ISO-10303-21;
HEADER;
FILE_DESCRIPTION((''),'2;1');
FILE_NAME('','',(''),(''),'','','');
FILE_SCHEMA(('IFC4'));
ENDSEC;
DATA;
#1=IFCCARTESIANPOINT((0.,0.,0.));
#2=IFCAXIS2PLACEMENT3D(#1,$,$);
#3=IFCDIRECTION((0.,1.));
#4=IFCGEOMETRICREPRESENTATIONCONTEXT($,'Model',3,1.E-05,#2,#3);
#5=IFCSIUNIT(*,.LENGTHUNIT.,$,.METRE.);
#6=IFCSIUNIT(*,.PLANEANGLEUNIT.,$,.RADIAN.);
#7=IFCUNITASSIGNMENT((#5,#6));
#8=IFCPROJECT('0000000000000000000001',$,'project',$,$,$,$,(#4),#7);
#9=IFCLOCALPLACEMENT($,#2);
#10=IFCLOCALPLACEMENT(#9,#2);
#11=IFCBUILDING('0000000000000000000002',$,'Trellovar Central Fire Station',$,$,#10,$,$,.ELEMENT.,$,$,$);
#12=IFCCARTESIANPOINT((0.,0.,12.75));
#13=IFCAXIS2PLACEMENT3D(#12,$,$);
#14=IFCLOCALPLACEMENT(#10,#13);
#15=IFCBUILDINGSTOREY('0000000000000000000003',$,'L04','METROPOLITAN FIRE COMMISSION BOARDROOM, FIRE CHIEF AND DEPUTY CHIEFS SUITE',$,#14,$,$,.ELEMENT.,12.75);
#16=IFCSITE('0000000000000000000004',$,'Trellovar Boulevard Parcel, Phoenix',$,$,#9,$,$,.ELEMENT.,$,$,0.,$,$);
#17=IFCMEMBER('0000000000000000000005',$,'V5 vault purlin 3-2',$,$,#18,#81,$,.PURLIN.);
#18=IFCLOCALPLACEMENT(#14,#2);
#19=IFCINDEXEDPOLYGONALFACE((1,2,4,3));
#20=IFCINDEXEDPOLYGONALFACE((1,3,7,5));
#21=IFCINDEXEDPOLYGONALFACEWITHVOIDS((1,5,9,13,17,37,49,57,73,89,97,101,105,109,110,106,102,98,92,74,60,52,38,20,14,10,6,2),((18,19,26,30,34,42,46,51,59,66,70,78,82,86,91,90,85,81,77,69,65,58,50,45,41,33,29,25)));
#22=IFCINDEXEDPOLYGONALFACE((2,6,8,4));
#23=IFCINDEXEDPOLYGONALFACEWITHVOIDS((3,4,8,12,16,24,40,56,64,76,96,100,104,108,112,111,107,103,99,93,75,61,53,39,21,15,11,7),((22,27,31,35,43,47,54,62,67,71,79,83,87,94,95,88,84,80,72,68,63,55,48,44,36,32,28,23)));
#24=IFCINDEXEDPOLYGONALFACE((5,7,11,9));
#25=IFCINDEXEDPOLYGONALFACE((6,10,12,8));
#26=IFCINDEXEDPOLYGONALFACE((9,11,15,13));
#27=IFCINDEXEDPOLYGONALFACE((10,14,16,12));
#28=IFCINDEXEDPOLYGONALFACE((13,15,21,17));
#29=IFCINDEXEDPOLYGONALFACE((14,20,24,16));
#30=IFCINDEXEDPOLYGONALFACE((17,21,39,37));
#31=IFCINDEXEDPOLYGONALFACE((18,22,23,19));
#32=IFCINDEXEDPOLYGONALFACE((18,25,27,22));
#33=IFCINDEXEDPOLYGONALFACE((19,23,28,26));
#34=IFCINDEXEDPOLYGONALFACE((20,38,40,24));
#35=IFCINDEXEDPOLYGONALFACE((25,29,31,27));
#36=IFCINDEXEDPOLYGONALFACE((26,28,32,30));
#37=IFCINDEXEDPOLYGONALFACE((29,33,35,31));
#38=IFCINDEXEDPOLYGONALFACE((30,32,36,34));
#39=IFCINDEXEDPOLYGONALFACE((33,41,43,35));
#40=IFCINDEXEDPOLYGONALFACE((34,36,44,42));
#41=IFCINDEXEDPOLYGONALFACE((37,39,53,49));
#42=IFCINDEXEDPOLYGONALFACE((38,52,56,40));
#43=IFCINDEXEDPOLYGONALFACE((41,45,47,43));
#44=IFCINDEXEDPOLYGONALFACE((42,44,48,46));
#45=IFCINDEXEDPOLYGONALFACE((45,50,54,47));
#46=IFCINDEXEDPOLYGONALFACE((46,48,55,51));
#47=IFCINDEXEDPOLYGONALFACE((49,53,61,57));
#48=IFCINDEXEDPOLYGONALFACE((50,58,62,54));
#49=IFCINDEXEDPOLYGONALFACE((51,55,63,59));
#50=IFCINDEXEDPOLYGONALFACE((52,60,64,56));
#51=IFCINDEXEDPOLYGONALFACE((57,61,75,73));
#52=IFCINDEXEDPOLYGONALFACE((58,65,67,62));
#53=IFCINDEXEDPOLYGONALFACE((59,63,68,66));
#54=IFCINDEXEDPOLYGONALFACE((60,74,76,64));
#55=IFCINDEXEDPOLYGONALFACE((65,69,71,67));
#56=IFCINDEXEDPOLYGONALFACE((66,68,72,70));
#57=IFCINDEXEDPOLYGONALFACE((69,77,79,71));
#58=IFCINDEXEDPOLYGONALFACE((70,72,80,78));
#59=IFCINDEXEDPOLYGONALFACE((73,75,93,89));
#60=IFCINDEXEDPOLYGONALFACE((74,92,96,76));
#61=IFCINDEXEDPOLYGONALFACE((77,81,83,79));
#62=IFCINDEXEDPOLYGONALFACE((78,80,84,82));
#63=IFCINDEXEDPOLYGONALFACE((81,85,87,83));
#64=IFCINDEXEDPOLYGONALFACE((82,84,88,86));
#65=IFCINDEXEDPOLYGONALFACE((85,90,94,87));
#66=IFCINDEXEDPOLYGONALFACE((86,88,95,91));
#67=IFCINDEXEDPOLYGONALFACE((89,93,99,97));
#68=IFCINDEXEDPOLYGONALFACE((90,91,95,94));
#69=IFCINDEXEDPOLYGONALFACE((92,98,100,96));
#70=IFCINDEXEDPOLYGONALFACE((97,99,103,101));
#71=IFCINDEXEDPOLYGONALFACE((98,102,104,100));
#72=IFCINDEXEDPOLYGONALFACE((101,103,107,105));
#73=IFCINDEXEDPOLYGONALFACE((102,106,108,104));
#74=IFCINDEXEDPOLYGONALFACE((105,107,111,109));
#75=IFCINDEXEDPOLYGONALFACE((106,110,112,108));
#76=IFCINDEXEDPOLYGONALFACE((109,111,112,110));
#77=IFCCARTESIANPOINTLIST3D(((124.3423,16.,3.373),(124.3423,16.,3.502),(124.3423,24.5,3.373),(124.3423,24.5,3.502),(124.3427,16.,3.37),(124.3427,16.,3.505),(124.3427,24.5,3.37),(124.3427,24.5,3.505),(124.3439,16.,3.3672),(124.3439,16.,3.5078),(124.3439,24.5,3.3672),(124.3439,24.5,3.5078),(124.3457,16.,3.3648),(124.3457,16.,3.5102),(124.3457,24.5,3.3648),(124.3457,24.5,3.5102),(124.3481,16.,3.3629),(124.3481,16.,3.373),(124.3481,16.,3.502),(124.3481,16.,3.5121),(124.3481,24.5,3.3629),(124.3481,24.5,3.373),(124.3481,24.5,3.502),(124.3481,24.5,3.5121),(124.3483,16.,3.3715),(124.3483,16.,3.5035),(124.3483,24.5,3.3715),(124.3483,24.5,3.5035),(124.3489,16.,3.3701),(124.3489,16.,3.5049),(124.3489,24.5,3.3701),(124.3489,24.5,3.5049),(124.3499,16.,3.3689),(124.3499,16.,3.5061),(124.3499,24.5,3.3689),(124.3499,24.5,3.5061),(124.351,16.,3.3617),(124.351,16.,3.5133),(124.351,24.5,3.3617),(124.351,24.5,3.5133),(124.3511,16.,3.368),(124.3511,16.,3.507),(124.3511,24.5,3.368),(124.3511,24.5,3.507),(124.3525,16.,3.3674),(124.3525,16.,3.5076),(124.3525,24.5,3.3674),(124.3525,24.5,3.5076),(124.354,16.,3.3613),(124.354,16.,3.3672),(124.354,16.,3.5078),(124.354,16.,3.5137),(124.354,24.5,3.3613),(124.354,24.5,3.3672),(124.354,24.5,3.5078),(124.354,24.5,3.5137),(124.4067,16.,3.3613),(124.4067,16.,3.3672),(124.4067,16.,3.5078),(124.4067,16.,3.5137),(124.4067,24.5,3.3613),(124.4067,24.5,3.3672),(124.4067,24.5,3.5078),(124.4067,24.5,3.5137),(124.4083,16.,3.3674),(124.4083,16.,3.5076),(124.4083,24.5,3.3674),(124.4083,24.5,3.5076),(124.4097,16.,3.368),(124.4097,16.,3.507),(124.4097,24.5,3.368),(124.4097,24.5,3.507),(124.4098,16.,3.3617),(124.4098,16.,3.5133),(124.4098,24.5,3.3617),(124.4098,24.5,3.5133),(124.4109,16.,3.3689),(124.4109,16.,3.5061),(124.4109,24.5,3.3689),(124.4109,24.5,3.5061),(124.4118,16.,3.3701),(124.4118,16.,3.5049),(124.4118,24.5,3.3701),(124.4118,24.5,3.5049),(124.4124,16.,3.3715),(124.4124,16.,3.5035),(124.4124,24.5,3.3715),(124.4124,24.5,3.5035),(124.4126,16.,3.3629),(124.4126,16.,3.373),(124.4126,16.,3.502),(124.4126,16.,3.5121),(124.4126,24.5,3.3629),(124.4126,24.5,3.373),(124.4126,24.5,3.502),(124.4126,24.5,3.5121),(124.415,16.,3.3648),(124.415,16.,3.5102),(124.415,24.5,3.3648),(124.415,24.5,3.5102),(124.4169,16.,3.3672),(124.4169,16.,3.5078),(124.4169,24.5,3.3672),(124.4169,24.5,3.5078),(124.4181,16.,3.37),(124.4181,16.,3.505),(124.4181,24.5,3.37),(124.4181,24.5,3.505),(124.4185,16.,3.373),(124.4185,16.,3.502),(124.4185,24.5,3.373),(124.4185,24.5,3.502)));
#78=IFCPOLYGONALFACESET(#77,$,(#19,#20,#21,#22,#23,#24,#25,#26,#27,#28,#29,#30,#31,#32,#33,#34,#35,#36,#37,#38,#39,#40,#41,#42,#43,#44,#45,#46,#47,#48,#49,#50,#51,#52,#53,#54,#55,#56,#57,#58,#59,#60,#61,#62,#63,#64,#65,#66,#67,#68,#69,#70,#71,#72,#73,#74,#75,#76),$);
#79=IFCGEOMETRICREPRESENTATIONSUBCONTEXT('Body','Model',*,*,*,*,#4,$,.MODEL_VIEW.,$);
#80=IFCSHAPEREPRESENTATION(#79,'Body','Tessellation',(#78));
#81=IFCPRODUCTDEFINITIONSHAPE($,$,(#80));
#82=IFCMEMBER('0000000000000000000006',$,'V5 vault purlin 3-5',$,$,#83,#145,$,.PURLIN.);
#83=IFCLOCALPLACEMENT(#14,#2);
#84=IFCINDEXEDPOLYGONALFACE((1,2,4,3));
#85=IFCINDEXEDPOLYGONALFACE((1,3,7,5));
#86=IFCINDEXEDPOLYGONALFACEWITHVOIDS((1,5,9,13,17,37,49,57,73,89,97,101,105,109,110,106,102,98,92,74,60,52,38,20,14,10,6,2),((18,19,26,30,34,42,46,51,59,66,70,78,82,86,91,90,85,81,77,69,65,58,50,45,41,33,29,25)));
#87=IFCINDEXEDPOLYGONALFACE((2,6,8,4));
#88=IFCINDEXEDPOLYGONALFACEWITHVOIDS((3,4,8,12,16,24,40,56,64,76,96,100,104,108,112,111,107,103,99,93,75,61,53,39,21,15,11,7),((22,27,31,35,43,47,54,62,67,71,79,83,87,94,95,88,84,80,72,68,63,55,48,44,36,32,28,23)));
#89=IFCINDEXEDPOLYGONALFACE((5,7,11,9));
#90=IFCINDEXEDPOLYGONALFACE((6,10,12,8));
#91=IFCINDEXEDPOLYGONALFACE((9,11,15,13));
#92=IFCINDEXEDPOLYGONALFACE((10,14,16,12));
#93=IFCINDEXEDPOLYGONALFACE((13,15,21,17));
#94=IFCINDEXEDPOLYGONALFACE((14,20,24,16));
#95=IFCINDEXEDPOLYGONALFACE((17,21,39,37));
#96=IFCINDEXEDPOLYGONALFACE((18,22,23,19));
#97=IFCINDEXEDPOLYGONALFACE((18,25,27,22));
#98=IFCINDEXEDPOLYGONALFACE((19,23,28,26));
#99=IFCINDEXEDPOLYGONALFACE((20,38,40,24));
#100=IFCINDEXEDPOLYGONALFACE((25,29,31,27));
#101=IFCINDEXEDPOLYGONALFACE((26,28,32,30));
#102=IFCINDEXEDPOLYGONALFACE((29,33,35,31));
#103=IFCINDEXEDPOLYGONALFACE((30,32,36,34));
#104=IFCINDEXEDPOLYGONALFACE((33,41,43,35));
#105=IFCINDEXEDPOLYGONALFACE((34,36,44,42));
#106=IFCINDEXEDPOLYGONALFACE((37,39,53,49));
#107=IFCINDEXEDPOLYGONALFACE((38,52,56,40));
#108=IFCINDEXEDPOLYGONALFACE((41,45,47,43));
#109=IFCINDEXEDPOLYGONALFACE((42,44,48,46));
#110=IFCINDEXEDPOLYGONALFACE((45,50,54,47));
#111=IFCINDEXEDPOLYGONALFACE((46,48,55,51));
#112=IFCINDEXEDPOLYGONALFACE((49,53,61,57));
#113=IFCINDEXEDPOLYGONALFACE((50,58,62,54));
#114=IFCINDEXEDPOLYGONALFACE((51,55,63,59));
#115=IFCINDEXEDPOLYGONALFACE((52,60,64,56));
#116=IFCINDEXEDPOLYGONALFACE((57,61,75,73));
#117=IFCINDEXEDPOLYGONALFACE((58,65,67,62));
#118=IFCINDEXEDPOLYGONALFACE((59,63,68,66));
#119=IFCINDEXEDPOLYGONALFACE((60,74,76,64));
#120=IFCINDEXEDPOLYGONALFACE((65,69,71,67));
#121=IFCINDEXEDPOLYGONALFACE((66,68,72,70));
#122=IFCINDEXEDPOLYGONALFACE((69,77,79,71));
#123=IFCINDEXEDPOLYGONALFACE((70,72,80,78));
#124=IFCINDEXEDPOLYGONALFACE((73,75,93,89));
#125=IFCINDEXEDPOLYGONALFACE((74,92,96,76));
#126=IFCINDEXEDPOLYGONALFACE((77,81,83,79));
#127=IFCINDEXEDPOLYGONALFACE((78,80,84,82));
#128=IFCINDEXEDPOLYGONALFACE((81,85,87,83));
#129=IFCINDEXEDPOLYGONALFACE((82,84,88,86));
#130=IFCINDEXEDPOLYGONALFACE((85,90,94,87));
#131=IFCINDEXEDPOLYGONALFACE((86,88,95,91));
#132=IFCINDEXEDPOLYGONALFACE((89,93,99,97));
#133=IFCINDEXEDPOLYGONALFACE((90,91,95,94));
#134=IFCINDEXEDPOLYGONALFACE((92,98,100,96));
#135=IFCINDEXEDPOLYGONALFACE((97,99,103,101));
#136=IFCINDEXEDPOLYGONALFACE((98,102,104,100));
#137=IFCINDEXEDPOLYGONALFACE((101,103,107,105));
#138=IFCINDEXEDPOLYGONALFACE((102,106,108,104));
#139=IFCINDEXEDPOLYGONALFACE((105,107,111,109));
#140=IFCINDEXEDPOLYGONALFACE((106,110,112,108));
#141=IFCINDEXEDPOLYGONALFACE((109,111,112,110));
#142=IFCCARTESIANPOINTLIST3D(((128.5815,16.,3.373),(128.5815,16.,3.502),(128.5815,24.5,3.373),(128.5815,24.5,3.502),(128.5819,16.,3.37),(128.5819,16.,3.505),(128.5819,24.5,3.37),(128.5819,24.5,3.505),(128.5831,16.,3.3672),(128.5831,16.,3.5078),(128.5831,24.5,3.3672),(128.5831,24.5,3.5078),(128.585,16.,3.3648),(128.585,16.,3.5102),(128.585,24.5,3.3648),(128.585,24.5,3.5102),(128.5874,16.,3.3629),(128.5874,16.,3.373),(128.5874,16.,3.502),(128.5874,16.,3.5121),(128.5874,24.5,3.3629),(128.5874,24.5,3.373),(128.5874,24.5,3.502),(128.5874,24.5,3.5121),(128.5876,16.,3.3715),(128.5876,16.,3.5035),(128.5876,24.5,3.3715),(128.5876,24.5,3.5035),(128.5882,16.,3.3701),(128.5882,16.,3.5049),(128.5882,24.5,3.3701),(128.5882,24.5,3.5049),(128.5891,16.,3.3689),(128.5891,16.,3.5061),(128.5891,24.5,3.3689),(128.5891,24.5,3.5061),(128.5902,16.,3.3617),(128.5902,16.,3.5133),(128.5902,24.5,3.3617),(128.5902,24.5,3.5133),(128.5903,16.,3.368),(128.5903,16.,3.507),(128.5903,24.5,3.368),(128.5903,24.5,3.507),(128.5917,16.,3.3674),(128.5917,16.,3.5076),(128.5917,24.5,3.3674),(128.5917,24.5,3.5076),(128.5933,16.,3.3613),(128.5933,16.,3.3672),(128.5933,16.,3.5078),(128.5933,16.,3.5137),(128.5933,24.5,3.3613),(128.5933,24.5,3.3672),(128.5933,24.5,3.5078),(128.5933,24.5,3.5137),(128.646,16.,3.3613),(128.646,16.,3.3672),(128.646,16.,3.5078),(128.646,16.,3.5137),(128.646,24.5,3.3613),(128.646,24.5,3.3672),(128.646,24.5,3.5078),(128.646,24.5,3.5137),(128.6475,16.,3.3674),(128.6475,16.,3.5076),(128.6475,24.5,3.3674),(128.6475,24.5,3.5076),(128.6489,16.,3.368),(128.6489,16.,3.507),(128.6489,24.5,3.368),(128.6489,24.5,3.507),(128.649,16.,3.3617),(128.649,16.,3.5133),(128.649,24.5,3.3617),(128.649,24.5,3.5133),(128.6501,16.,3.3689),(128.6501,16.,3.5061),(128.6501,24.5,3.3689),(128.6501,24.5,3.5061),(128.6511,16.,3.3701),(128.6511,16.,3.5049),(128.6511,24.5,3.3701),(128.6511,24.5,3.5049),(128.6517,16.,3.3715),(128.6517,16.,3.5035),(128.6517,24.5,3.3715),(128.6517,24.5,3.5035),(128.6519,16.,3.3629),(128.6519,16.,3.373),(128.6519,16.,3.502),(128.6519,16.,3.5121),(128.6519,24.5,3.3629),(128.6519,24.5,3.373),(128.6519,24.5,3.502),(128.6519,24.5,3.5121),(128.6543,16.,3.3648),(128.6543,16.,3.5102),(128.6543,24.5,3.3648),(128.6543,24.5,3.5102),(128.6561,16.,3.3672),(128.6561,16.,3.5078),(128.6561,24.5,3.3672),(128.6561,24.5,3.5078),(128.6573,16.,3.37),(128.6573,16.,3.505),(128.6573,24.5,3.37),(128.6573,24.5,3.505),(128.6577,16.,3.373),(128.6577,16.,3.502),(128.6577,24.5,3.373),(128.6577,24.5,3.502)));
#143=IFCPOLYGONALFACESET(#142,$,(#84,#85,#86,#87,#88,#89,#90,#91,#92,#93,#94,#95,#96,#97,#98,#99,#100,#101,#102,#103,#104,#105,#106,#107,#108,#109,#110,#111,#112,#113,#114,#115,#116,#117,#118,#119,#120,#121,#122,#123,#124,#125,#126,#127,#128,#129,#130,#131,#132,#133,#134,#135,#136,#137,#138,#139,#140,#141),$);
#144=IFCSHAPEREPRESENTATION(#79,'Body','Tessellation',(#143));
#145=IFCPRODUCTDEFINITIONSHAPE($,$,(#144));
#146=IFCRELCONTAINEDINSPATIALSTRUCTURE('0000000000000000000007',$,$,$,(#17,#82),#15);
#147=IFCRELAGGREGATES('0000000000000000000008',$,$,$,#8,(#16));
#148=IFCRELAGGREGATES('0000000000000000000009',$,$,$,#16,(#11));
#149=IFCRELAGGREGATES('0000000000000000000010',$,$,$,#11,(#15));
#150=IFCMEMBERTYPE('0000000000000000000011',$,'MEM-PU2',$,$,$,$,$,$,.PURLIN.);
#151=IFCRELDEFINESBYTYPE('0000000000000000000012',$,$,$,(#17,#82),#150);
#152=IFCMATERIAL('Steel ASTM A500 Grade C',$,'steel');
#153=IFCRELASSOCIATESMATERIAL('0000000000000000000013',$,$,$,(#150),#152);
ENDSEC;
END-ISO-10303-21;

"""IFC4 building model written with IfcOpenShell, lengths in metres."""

from ifc_helpers import new_model, si_unit, direction, frame, origin, origin_2d, place, context, subcontext, project, spatial, hollow_rectangle, extrude, material, material_profile, profile_set, type_object, element, save


model = new_model("IFC4")

# Units and contexts
model_context = context("Model", 3, precision=1e-05, world=origin(), true_north=direction((0.0, 1.0)))
body_context = subcontext(model_context, "Body", "Model", "MODEL_VIEW")
ifc_project = project(units=[si_unit("LENGTHUNIT", "METRE"), si_unit("PLANEANGLEUNIT", "RADIAN")], contexts=[model_context])

# Site, building, storey
site_placement = place(None, origin())
site = spatial("IfcSite", under=ifc_project, at=site_placement, Name="Trellovar Boulevard Parcel, Phoenix", CompositionType="ELEMENT", RefElevation=0.0)
building_placement = place(site_placement, origin())
building = spatial("IfcBuilding", under=site, at=building_placement, Name="Trellovar Central Fire Station", CompositionType="ELEMENT")
storey_placement = place(building_placement, frame((0.0, 0.0, 12.75)))
storey = spatial("IfcBuildingStorey", under=building, at=storey_placement, Name="L04", Description="METROPOLITAN FIRE COMMISSION BOARDROOM, FIRE CHIEF AND DEPUTY CHIEFS SUITE", CompositionType="ELEMENT", Elevation=12.75)

# Members
ifc_material_1 = material(Name="Steel ASTM A500 Grade C", Category="steel")
ifc_material_profile_1 = material_profile(ifc_material_1, hollow_rectangle(XDim=0.0762, YDim=0.1523, WallThickness=0.0059, InnerFilletRadius=0.0059, OuterFilletRadius=0.0117, at=origin_2d()), Name="HSS6X3X1/4")
ifc_profile_set_1 = profile_set([ifc_material_profile_1], Name="Steel ASTM A500 Grade C")
member_type_1 = type_object("IfcMemberType", Name="MEM-PU2", PredefinedType="PURLIN", material=ifc_profile_set_1)
for number, where, z_axis, x_axis, name in (
    (1, (124.3804, 16.0, 3.4375), (0.0, 1.0, 0.0), (-1.0, 0.0, 0.0), "V5 vault purlin 3-2"),
    (2, (128.6196, 16.0, 3.4375), (0.0, 1.0, 0.0), (-1.0, 0.0, 0.0), "V5 vault purlin 3-5"),
):
    element("IfcMember", number, at=place(storey_placement, frame(where, z_axis=z_axis, x_axis=x_axis)), inside=storey, type_object=member_type_1, Name=name, PredefinedType="PURLIN", context=body_context, shape_type="SweptSolid", body=[
        extrude(hollow_rectangle(XDim=0.0762, YDim=0.1523, WallThickness=0.0059, InnerFilletRadius=0.0059, OuterFilletRadius=0.0117, at=origin_2d()), origin(), (0.0, 0.0, 1.0), 8.5),
    ])

save(model, "model.ifc")
